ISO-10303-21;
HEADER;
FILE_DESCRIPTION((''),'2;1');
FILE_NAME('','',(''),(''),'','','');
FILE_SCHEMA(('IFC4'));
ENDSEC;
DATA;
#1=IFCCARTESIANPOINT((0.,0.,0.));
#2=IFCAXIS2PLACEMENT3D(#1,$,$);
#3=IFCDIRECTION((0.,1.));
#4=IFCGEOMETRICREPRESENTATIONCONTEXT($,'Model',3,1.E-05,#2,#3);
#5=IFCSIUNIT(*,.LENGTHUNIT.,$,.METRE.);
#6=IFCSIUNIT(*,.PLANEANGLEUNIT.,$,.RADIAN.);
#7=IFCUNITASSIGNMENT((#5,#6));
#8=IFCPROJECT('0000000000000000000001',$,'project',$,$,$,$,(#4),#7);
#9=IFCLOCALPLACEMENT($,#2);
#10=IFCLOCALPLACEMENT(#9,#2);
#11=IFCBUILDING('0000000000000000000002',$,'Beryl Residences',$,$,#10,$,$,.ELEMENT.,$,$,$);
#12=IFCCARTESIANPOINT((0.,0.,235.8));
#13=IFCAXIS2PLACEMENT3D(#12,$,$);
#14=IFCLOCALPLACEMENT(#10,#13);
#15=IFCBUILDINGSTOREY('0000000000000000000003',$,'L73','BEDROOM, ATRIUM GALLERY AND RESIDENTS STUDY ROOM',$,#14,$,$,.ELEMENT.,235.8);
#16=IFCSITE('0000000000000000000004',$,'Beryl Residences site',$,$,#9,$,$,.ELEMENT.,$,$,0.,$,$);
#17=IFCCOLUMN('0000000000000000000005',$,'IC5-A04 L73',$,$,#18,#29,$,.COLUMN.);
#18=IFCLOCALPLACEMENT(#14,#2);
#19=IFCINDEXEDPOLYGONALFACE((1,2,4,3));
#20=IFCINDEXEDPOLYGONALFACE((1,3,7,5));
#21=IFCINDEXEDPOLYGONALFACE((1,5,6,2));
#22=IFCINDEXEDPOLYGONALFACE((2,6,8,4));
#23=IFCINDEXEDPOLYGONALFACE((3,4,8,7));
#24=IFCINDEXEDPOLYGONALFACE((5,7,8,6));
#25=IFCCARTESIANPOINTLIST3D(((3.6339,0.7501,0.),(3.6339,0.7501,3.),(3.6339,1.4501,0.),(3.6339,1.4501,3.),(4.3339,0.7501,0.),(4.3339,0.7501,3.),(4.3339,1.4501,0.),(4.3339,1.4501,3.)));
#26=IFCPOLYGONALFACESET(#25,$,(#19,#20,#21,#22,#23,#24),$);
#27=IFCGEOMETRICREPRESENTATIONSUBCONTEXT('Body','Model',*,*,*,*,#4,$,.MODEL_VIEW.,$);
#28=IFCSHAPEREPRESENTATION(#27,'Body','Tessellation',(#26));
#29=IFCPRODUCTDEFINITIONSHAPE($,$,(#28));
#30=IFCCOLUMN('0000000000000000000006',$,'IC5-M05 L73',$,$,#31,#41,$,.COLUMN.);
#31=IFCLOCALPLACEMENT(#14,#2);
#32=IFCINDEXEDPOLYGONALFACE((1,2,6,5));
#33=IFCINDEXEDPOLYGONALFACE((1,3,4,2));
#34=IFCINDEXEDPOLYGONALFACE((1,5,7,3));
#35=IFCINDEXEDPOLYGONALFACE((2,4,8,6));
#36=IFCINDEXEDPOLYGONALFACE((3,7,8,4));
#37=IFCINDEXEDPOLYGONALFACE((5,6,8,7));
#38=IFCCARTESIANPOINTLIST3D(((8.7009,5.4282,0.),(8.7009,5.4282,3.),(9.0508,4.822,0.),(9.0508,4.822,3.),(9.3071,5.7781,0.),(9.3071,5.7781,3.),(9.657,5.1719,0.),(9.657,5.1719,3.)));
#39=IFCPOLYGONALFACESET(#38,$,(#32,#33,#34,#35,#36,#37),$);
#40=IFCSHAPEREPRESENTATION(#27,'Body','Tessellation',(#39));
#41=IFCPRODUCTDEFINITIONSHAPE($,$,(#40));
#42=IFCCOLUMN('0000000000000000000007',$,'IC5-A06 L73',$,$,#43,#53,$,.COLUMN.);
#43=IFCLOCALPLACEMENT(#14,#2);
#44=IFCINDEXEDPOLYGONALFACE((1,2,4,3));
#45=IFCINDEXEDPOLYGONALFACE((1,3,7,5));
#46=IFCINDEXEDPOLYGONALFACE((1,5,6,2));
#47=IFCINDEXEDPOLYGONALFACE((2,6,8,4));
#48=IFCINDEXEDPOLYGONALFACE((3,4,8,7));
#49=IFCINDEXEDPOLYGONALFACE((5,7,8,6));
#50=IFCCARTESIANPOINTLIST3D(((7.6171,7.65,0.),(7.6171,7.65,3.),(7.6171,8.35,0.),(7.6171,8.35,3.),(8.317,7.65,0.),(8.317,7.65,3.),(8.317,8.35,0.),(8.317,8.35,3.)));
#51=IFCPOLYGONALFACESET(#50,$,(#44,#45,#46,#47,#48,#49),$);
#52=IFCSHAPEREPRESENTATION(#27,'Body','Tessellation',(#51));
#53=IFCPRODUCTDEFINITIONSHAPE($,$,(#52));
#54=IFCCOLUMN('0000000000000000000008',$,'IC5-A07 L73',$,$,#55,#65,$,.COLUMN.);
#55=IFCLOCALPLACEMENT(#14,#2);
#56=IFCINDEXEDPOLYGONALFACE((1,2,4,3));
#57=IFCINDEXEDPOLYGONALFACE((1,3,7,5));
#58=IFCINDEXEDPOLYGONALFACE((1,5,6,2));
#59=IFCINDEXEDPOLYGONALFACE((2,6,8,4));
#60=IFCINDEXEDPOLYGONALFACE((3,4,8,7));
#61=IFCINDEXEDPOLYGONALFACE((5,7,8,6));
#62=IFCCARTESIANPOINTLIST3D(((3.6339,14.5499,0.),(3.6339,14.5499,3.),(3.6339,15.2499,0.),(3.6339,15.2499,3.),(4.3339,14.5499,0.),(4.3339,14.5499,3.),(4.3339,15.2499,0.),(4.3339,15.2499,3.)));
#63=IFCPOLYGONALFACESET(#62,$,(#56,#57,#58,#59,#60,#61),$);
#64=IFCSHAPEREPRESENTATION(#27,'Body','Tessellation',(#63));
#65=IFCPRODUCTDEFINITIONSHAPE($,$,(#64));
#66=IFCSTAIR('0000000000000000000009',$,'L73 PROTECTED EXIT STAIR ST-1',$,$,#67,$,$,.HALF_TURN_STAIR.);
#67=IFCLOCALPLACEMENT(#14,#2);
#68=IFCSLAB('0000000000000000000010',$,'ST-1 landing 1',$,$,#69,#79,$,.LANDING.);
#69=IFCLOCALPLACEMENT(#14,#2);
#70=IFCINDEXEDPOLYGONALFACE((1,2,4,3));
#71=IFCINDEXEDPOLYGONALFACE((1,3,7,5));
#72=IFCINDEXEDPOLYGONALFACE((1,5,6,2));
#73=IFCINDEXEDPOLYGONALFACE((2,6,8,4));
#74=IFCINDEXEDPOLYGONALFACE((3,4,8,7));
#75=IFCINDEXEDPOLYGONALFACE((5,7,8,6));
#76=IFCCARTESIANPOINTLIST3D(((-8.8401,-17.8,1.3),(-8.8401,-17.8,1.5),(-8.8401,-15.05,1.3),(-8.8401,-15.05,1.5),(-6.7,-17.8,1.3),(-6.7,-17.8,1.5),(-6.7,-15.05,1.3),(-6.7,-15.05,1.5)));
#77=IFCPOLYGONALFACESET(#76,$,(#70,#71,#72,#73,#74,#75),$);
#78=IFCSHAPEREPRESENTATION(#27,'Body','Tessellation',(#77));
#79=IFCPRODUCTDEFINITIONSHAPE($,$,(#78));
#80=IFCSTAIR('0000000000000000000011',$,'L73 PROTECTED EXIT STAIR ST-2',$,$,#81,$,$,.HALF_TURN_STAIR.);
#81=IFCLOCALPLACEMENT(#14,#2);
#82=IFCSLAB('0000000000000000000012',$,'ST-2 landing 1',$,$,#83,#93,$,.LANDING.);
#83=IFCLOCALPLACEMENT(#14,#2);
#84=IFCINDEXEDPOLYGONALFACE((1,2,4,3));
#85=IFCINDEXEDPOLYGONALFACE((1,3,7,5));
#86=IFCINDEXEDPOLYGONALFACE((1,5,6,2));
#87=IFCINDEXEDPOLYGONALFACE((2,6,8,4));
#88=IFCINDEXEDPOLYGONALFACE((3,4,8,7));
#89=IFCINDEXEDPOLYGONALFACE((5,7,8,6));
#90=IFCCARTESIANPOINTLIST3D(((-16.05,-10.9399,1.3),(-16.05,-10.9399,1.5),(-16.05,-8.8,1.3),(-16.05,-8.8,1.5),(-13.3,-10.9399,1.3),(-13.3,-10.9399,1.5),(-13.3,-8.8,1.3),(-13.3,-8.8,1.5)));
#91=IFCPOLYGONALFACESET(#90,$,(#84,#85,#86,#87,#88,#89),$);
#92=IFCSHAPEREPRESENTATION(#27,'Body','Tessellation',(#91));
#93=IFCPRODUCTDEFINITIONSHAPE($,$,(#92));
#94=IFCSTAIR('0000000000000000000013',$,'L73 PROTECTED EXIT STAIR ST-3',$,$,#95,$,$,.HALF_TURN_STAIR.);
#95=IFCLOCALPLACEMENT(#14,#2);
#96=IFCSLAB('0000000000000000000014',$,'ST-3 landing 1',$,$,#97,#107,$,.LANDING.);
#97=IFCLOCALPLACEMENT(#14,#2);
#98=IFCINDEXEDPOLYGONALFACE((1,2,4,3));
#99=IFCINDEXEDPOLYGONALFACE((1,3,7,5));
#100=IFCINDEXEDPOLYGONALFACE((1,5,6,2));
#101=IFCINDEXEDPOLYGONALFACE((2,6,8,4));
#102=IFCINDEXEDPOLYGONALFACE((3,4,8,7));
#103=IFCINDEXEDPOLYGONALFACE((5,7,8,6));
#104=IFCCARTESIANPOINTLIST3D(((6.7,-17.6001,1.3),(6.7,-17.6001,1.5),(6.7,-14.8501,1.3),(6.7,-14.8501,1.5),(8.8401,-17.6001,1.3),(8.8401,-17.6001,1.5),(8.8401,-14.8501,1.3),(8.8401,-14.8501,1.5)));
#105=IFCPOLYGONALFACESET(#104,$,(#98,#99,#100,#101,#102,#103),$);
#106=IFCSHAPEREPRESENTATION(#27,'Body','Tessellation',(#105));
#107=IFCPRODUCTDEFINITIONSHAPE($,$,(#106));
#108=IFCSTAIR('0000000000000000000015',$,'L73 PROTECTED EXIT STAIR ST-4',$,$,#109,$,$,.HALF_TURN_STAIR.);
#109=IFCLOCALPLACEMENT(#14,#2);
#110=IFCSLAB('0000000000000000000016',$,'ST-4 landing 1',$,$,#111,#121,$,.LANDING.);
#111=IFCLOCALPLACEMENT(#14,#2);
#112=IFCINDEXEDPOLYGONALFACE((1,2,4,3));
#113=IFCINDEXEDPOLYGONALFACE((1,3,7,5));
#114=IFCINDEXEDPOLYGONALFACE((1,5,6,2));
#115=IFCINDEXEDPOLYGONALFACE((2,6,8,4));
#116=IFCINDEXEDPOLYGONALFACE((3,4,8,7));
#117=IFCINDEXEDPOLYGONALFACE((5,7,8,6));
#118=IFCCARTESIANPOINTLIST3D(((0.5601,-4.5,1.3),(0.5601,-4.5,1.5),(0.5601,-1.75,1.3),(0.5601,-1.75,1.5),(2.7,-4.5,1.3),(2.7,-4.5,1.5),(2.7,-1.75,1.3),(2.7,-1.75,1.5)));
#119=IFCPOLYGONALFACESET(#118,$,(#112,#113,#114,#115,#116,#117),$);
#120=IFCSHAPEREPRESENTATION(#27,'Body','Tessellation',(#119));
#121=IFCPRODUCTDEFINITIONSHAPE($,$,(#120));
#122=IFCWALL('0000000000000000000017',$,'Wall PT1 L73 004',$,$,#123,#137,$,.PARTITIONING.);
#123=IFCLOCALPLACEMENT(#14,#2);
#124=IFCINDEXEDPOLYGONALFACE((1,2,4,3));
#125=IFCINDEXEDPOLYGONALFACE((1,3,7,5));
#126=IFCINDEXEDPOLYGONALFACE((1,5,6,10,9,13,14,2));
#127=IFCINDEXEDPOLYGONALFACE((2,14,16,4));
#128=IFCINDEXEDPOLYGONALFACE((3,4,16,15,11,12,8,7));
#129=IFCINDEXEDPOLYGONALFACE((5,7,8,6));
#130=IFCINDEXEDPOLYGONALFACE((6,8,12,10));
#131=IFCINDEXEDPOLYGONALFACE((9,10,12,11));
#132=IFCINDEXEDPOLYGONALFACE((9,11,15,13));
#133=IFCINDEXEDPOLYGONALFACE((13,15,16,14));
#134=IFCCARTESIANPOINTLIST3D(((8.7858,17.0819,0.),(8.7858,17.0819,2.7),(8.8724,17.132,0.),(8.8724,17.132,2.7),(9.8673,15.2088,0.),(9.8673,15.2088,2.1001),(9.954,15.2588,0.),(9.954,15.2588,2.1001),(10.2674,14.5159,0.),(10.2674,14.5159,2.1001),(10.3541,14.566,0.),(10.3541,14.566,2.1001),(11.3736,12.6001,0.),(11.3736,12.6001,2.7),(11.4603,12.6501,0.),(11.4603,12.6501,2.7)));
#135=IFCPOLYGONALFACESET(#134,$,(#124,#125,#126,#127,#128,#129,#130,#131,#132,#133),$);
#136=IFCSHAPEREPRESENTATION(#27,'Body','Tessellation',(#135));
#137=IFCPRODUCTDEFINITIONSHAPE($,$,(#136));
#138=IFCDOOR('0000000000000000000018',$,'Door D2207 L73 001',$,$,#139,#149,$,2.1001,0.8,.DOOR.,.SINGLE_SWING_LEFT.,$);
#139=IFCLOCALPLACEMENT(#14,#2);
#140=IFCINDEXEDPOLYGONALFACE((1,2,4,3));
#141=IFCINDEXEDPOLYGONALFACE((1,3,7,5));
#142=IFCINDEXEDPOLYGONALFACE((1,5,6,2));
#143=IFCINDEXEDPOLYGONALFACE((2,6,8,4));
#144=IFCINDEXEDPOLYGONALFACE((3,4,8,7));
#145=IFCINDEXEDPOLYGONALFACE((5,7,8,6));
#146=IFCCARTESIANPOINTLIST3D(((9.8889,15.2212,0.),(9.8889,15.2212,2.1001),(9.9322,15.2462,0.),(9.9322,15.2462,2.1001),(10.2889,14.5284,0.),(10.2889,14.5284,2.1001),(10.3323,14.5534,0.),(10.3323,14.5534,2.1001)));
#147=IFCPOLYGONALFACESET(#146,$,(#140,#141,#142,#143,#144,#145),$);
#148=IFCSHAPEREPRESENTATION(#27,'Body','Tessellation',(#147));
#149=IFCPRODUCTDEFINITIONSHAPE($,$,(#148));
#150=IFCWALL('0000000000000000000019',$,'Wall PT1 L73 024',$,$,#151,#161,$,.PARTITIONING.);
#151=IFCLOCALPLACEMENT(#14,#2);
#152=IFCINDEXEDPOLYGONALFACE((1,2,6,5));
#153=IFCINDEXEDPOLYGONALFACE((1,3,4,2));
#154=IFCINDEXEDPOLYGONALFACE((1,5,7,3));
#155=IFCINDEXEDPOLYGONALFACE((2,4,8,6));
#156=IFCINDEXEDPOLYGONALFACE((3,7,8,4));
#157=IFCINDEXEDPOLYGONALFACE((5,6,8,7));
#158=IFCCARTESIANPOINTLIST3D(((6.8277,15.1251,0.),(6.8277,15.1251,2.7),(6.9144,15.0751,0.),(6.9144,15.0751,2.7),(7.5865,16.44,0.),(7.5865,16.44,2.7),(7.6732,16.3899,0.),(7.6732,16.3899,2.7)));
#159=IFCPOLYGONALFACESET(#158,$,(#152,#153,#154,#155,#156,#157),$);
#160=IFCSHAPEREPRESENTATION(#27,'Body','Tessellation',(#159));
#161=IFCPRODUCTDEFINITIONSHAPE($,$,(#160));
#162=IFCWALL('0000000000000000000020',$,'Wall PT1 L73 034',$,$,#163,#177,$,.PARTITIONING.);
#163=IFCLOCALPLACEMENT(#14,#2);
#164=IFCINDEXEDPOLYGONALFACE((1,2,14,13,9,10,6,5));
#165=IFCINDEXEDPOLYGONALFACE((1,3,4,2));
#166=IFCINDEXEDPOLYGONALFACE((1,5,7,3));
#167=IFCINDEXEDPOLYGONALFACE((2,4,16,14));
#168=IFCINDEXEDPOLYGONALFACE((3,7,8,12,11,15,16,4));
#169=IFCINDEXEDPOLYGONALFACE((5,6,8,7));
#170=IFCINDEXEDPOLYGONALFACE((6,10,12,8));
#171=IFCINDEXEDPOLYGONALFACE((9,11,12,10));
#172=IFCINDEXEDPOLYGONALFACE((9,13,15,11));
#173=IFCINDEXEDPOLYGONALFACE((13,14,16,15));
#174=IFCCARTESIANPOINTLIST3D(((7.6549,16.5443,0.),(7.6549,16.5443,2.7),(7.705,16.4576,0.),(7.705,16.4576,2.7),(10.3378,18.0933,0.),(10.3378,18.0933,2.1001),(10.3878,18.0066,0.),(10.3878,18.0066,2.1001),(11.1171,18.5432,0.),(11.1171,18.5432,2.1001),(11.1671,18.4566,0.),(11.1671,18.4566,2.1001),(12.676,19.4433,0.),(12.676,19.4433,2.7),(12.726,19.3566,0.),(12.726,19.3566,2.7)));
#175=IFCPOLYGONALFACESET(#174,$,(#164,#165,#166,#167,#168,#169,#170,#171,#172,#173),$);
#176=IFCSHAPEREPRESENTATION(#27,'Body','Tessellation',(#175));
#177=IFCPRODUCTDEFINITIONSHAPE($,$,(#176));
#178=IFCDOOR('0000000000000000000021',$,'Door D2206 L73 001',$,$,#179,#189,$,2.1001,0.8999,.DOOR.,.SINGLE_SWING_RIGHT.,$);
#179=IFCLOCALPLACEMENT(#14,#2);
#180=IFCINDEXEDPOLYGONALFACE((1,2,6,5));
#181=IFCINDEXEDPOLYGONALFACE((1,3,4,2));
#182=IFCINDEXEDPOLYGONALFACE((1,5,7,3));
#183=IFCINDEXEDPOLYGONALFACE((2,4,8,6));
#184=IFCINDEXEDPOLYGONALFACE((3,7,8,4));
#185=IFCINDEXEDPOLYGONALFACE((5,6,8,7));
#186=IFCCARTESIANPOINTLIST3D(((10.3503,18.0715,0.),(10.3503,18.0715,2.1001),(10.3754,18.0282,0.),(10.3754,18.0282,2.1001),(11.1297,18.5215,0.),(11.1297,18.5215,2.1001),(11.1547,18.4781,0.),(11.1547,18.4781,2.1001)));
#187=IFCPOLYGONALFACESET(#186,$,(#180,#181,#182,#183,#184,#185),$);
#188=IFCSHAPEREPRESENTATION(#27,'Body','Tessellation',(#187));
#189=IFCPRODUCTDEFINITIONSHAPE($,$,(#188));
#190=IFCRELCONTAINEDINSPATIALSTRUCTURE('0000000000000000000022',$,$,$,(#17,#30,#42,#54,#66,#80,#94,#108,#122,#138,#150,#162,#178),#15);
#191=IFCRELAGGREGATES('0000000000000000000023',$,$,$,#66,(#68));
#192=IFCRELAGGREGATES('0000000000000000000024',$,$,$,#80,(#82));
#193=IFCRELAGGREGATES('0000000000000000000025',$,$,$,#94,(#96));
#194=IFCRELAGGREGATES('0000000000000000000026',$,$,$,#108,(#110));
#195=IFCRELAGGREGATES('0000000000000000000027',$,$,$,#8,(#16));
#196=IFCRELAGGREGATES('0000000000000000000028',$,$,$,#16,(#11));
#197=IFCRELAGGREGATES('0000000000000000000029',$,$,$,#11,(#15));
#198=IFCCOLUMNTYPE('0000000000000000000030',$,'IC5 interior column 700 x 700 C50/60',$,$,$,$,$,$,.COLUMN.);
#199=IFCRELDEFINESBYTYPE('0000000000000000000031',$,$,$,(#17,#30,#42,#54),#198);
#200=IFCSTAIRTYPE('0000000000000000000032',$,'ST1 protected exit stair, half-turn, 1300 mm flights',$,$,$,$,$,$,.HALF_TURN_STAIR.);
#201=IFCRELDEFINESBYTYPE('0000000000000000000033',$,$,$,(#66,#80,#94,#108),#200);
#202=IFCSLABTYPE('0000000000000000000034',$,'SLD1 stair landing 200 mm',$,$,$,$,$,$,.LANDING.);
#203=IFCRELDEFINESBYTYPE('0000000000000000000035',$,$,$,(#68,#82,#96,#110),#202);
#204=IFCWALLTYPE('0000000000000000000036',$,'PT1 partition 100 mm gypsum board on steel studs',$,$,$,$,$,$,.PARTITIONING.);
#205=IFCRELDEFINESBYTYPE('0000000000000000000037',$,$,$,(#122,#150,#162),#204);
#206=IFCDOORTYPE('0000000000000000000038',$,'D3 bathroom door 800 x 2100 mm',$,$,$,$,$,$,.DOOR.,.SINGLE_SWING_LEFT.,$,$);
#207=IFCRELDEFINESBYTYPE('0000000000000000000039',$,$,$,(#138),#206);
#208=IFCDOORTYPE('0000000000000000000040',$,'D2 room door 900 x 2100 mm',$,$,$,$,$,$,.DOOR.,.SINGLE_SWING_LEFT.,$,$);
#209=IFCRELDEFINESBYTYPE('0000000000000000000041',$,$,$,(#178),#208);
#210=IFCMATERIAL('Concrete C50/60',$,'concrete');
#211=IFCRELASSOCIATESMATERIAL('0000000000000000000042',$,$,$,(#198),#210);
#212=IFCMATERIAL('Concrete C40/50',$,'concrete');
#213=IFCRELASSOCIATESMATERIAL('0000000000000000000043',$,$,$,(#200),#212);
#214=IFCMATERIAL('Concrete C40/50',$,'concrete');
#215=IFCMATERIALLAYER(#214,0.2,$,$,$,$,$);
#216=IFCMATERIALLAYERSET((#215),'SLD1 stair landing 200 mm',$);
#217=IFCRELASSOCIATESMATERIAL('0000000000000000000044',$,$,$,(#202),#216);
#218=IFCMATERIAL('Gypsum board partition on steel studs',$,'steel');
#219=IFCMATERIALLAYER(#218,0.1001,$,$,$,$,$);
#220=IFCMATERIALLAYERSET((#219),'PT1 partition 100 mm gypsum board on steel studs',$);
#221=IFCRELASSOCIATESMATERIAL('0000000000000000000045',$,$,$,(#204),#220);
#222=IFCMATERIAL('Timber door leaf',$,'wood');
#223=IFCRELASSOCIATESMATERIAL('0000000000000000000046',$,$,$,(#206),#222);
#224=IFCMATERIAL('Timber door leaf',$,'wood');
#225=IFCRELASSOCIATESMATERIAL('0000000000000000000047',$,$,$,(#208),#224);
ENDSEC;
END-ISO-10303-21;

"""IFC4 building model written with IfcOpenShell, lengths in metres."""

from ifc_helpers import new_model, si_unit, direction, frame, frame_2d, origin, origin_2d, place, context, subcontext, project, spatial, polyline, rectangle, outline, extrude, material, layer, layer_set, material_profile, profile_set, type_object, element, fill, aggregate, save


model = new_model("IFC4")

# Units and contexts
model_context = context("Model", 3, precision=1e-05, world=origin(), true_north=direction((0.0, 1.0)))
body_context = subcontext(model_context, "Body", "Model", "MODEL_VIEW")
ifc_project = project(units=[si_unit("LENGTHUNIT", "METRE"), si_unit("PLANEANGLEUNIT", "RADIAN")], contexts=[model_context])

# Site, building, storey
site_placement = place(None, origin())
site = spatial("IfcSite", under=ifc_project, at=site_placement, Name="Beryl Residences site", CompositionType="ELEMENT", RefElevation=0.0)
building_placement = place(site_placement, origin())
building = spatial("IfcBuilding", under=site, at=building_placement, Name="Beryl Residences", CompositionType="ELEMENT")
storey_placement = place(building_placement, frame((0.0, 0.0, 235.8)))
storey = spatial("IfcBuildingStorey", under=building, at=storey_placement, Name="L73", Description="BEDROOM, ATRIUM GALLERY AND RESIDENTS STUDY ROOM", CompositionType="ELEMENT", Elevation=235.8)

# Columns
ifc_material_1 = material(Name="Concrete C50/60", Category="concrete")
ifc_material_profile = material_profile(ifc_material_1, rectangle(XDim=0.7, YDim=0.7, at=origin_2d()))
ifc_profile_set = profile_set([ifc_material_profile], Name="Concrete C50/60")
column_type = type_object("IfcColumnType", Name="IC5 interior column 700 x 700 C50/60", PredefinedType="COLUMN", material=ifc_profile_set)
for number, where, z_axis, x_axis, name in (
    (1, (3.9839, 1.1001, 0.0), (0.0, 0.0, 1.0), (1.0, 0.0, 0.0), "IC5-A04 L73"),
    (2, (9.179, 5.3, 0.0), (0.0, 0.0, 1.0), (-0.49997, 0.866043, 0.0), "IC5-M05 L73"),
    (3, (7.967, 8.0, 0.0), (0.0, 0.0, 1.0), (1.0, 0.0, 0.0), "IC5-A06 L73"),
    (4, (3.9839, 14.8999, 0.0), (0.0, 0.0, 1.0), (1.0, 0.0, 0.0), "IC5-A07 L73"),
):
    element("IfcColumn", number, at=place(storey_placement, frame(where, z_axis=z_axis, x_axis=x_axis)), inside=storey, type_object=column_type, Name=name, PredefinedType="COLUMN", context=body_context, shape_type="SweptSolid", body=[
        extrude(rectangle(XDim=0.7, YDim=0.7, at=origin_2d()), origin(), (0.0, 0.0, 1.0), 3.0),
    ])

# Stairs, slabs
ifc_material_2 = material(Name="Concrete C40/50", Category="concrete")
stair_type = type_object("IfcStairType", Name="ST1 protected exit stair, half-turn, 1300 mm flights", PredefinedType="HALF_TURN_STAIR", material=ifc_material_2)
stair_1_placement = place(storey_placement, origin())
stair_1 = element("IfcStair", 5, at=stair_1_placement, inside=storey, type_object=stair_type, Name="L73 PROTECTED EXIT STAIR ST-1", PredefinedType="HALF_TURN_STAIR")
ifc_material_3 = material(Name="Concrete C40/50", Category="concrete")
ifc_layer_1 = layer(ifc_material_3, 0.2)
ifc_layer_set_1 = layer_set([ifc_layer_1], Name="SLD1 stair landing 200 mm")
slab_type = type_object("IfcSlabType", Name="SLD1 stair landing 200 mm", PredefinedType="LANDING", material=ifc_layer_set_1)
slab_1_placement = place(storey_placement, frame((0.0, 0.0, 1.3)))
slab_1 = element("IfcSlab", 6, at=slab_1_placement, type_object=slab_type, Name="ST-1 landing 1", PredefinedType="LANDING", context=body_context, shape_type="SweptSolid", body=[
    extrude(outline(polyline([(-8.8401, -17.8), (-6.7, -17.8), (-6.7, -15.05), (-8.8401, -15.05), (-8.8401, -17.8)])), origin(), (0.0, 0.0, 1.0), 0.2),
])
aggregate(stair_1, [slab_1])
stair_2_placement = place(storey_placement, origin())
stair_2 = element("IfcStair", 7, at=stair_2_placement, inside=storey, type_object=stair_type, Name="L73 PROTECTED EXIT STAIR ST-2", PredefinedType="HALF_TURN_STAIR")
slab_2_placement = place(storey_placement, frame((0.0, 0.0, 1.3)))
slab_2 = element("IfcSlab", 8, at=slab_2_placement, type_object=slab_type, Name="ST-2 landing 1", PredefinedType="LANDING", context=body_context, shape_type="SweptSolid", body=[
    extrude(outline(polyline([(-13.3, -10.9399), (-13.3, -8.8), (-16.05, -8.8), (-16.05, -10.9399), (-13.3, -10.9399)])), origin(), (0.0, 0.0, 1.0), 0.2),
])
aggregate(stair_2, [slab_2])
stair_3_placement = place(storey_placement, origin())
stair_3 = element("IfcStair", 9, at=stair_3_placement, inside=storey, type_object=stair_type, Name="L73 PROTECTED EXIT STAIR ST-3", PredefinedType="HALF_TURN_STAIR")
slab_3_placement = place(storey_placement, frame((0.0, 0.0, 1.3)))
slab_3 = element("IfcSlab", 10, at=slab_3_placement, type_object=slab_type, Name="ST-3 landing 1", PredefinedType="LANDING", context=body_context, shape_type="SweptSolid", body=[
    extrude(outline(polyline([(8.8401, -14.8501), (6.7, -14.8501), (6.7, -17.6001), (8.8401, -17.6001), (8.8401, -14.8501)])), origin(), (0.0, 0.0, 1.0), 0.2),
])
aggregate(stair_3, [slab_3])
stair_4_placement = place(storey_placement, origin())
stair_4 = element("IfcStair", 11, at=stair_4_placement, inside=storey, type_object=stair_type, Name="L73 PROTECTED EXIT STAIR ST-4", PredefinedType="HALF_TURN_STAIR")
slab_4_placement = place(storey_placement, frame((0.0, 0.0, 1.3)))
slab_4 = element("IfcSlab", 12, at=slab_4_placement, type_object=slab_type, Name="ST-4 landing 1", PredefinedType="LANDING", context=body_context, shape_type="SweptSolid", body=[
    extrude(outline(polyline([(0.5601, -4.5), (2.7, -4.5), (2.7, -1.75), (0.5601, -1.75), (0.5601, -4.5)])), origin(), (0.0, 0.0, 1.0), 0.2),
])
aggregate(stair_4, [slab_4])

# Wall, opening, door
ifc_material_4 = material(Name="Gypsum board partition on steel studs", Category="steel")
ifc_layer_2 = layer(ifc_material_4, 0.1001)
ifc_layer_set_2 = layer_set([ifc_layer_2], Name="PT1 partition 100 mm gypsum board on steel studs")
wall_type_1 = type_object("IfcWallType", Name="PT1 partition 100 mm gypsum board on steel studs", PredefinedType="PARTITIONING", material=ifc_layer_set_2)
wall_1_placement = place(storey_placement, frame((8.8291, 17.1069, 0.0), z_axis=(0.0, 0.0, 1.0), x_axis=(0.500036, -0.866005, 0.0)))
wall_1 = element("IfcWall", 13, at=wall_1_placement, inside=storey, type_object=wall_type_1, Name="Wall PT1 L73 004", PredefinedType="PARTITIONING", context=body_context, shape_type="SweptSolid", body=[
    extrude(rectangle(XDim=5.1753, YDim=0.1001, at=frame_2d((2.5876, 0.0))), origin(), (0.0, 0.0, 1.0), 2.7),
])
opening_1_placement = place(wall_1_placement, frame((2.1631, 0.0, 0.0)))
opening_1 = element("IfcOpeningElement", 14, at=opening_1_placement, cuts=wall_1, PredefinedType="OPENING", context=body_context, shape_type="SweptSolid", body=[
    extrude(rectangle(XDim=0.8, YDim=2.1001, at=frame_2d((0.3999, 1.05))), frame((0.0, 0.0601, 0.0), z_axis=(0.0, -1.0, 0.0), x_axis=(1.0, 0.0, 0.0)), (0.0, 0.0, 1.0), 0.1201),
])
ifc_material_5 = material(Name="Timber door leaf", Category="wood")
door_type_1 = type_object("IfcDoorType", Name="D3 bathroom door 800 x 2100 mm", OperationType="SINGLE_SWING_LEFT", PredefinedType="DOOR", material=ifc_material_5)
door_1_placement = place(opening_1_placement, origin())
door_1 = element("IfcDoor", 15, at=door_1_placement, inside=storey, type_object=door_type_1, Name="Door D2207 L73 001", OperationType="SINGLE_SWING_LEFT", OverallHeight=2.1001, OverallWidth=0.8, PredefinedType="DOOR", context=body_context, shape_type="SweptSolid", body=[
    extrude(rectangle(XDim=0.8, YDim=2.1001, at=frame_2d((0.3999, 1.05))), frame((0.0, 0.0249, 0.0), z_axis=(0.0, -1.0, 0.0), x_axis=(1.0, 0.0, 0.0)), (0.0, 0.0, 1.0), 0.05),
])
fill(opening_1, door_1)

# Wall
wall_2_placement = place(storey_placement, frame((6.8711, 15.1001, 0.0), z_axis=(0.0, 0.0, 1.0), x_axis=(0.499806, 0.866137, 0.0)))
element("IfcWall", 16, at=wall_2_placement, inside=storey, type_object=wall_type_1, Name="Wall PT1 L73 024", PredefinedType="PARTITIONING", context=body_context, shape_type="SweptSolid", body=[
    extrude(rectangle(XDim=1.5181, YDim=0.1001, at=frame_2d((0.759, 0.0))), origin(), (0.0, 0.0, 1.0), 2.7),
])

# Wall, opening, door
wall_3_placement = place(storey_placement, frame((7.6799, 16.501, 0.0), z_axis=(0.0, 0.0, 1.0), x_axis=(0.866021, 0.500007, 0.0)))
wall_3 = element("IfcWall", 17, at=wall_3_placement, inside=storey, type_object=wall_type_1, Name="Wall PT1 L73 034", PredefinedType="PARTITIONING", context=body_context, shape_type="SweptSolid", body=[
    extrude(rectangle(XDim=5.7979, YDim=0.1001, at=frame_2d((2.8989, 0.0))), origin(), (0.0, 0.0, 1.0), 2.7),
])
opening_2_placement = place(wall_3_placement, frame((3.0979, 0.0, 0.0)))
opening_2 = element("IfcOpeningElement", 18, at=opening_2_placement, cuts=wall_3, PredefinedType="OPENING", context=body_context, shape_type="SweptSolid", body=[
    extrude(rectangle(XDim=0.8999, YDim=2.1001, at=frame_2d((0.45, 1.05))), frame((0.0, 0.0601, 0.0), z_axis=(0.0, -1.0, 0.0), x_axis=(1.0, 0.0, 0.0)), (0.0, 0.0, 1.0), 0.1201),
])
ifc_material_6 = material(Name="Timber door leaf", Category="wood")
door_type_2 = type_object("IfcDoorType", Name="D2 room door 900 x 2100 mm", OperationType="SINGLE_SWING_LEFT", PredefinedType="DOOR", material=ifc_material_6)
door_2_placement = place(opening_2_placement, origin())
door_2 = element("IfcDoor", 19, at=door_2_placement, inside=storey, type_object=door_type_2, Name="Door D2206 L73 001", OperationType="SINGLE_SWING_RIGHT", OverallHeight=2.1001, OverallWidth=0.8999, PredefinedType="DOOR", context=body_context, shape_type="SweptSolid", body=[
    extrude(rectangle(XDim=0.8999, YDim=2.1001, at=frame_2d((0.45, 1.05))), frame((0.0, 0.0249, 0.0), z_axis=(0.0, -1.0, 0.0), x_axis=(1.0, 0.0, 0.0)), (0.0, 0.0, 1.0), 0.05),
])
fill(opening_2, door_2)

save(model, "model.ifc")
